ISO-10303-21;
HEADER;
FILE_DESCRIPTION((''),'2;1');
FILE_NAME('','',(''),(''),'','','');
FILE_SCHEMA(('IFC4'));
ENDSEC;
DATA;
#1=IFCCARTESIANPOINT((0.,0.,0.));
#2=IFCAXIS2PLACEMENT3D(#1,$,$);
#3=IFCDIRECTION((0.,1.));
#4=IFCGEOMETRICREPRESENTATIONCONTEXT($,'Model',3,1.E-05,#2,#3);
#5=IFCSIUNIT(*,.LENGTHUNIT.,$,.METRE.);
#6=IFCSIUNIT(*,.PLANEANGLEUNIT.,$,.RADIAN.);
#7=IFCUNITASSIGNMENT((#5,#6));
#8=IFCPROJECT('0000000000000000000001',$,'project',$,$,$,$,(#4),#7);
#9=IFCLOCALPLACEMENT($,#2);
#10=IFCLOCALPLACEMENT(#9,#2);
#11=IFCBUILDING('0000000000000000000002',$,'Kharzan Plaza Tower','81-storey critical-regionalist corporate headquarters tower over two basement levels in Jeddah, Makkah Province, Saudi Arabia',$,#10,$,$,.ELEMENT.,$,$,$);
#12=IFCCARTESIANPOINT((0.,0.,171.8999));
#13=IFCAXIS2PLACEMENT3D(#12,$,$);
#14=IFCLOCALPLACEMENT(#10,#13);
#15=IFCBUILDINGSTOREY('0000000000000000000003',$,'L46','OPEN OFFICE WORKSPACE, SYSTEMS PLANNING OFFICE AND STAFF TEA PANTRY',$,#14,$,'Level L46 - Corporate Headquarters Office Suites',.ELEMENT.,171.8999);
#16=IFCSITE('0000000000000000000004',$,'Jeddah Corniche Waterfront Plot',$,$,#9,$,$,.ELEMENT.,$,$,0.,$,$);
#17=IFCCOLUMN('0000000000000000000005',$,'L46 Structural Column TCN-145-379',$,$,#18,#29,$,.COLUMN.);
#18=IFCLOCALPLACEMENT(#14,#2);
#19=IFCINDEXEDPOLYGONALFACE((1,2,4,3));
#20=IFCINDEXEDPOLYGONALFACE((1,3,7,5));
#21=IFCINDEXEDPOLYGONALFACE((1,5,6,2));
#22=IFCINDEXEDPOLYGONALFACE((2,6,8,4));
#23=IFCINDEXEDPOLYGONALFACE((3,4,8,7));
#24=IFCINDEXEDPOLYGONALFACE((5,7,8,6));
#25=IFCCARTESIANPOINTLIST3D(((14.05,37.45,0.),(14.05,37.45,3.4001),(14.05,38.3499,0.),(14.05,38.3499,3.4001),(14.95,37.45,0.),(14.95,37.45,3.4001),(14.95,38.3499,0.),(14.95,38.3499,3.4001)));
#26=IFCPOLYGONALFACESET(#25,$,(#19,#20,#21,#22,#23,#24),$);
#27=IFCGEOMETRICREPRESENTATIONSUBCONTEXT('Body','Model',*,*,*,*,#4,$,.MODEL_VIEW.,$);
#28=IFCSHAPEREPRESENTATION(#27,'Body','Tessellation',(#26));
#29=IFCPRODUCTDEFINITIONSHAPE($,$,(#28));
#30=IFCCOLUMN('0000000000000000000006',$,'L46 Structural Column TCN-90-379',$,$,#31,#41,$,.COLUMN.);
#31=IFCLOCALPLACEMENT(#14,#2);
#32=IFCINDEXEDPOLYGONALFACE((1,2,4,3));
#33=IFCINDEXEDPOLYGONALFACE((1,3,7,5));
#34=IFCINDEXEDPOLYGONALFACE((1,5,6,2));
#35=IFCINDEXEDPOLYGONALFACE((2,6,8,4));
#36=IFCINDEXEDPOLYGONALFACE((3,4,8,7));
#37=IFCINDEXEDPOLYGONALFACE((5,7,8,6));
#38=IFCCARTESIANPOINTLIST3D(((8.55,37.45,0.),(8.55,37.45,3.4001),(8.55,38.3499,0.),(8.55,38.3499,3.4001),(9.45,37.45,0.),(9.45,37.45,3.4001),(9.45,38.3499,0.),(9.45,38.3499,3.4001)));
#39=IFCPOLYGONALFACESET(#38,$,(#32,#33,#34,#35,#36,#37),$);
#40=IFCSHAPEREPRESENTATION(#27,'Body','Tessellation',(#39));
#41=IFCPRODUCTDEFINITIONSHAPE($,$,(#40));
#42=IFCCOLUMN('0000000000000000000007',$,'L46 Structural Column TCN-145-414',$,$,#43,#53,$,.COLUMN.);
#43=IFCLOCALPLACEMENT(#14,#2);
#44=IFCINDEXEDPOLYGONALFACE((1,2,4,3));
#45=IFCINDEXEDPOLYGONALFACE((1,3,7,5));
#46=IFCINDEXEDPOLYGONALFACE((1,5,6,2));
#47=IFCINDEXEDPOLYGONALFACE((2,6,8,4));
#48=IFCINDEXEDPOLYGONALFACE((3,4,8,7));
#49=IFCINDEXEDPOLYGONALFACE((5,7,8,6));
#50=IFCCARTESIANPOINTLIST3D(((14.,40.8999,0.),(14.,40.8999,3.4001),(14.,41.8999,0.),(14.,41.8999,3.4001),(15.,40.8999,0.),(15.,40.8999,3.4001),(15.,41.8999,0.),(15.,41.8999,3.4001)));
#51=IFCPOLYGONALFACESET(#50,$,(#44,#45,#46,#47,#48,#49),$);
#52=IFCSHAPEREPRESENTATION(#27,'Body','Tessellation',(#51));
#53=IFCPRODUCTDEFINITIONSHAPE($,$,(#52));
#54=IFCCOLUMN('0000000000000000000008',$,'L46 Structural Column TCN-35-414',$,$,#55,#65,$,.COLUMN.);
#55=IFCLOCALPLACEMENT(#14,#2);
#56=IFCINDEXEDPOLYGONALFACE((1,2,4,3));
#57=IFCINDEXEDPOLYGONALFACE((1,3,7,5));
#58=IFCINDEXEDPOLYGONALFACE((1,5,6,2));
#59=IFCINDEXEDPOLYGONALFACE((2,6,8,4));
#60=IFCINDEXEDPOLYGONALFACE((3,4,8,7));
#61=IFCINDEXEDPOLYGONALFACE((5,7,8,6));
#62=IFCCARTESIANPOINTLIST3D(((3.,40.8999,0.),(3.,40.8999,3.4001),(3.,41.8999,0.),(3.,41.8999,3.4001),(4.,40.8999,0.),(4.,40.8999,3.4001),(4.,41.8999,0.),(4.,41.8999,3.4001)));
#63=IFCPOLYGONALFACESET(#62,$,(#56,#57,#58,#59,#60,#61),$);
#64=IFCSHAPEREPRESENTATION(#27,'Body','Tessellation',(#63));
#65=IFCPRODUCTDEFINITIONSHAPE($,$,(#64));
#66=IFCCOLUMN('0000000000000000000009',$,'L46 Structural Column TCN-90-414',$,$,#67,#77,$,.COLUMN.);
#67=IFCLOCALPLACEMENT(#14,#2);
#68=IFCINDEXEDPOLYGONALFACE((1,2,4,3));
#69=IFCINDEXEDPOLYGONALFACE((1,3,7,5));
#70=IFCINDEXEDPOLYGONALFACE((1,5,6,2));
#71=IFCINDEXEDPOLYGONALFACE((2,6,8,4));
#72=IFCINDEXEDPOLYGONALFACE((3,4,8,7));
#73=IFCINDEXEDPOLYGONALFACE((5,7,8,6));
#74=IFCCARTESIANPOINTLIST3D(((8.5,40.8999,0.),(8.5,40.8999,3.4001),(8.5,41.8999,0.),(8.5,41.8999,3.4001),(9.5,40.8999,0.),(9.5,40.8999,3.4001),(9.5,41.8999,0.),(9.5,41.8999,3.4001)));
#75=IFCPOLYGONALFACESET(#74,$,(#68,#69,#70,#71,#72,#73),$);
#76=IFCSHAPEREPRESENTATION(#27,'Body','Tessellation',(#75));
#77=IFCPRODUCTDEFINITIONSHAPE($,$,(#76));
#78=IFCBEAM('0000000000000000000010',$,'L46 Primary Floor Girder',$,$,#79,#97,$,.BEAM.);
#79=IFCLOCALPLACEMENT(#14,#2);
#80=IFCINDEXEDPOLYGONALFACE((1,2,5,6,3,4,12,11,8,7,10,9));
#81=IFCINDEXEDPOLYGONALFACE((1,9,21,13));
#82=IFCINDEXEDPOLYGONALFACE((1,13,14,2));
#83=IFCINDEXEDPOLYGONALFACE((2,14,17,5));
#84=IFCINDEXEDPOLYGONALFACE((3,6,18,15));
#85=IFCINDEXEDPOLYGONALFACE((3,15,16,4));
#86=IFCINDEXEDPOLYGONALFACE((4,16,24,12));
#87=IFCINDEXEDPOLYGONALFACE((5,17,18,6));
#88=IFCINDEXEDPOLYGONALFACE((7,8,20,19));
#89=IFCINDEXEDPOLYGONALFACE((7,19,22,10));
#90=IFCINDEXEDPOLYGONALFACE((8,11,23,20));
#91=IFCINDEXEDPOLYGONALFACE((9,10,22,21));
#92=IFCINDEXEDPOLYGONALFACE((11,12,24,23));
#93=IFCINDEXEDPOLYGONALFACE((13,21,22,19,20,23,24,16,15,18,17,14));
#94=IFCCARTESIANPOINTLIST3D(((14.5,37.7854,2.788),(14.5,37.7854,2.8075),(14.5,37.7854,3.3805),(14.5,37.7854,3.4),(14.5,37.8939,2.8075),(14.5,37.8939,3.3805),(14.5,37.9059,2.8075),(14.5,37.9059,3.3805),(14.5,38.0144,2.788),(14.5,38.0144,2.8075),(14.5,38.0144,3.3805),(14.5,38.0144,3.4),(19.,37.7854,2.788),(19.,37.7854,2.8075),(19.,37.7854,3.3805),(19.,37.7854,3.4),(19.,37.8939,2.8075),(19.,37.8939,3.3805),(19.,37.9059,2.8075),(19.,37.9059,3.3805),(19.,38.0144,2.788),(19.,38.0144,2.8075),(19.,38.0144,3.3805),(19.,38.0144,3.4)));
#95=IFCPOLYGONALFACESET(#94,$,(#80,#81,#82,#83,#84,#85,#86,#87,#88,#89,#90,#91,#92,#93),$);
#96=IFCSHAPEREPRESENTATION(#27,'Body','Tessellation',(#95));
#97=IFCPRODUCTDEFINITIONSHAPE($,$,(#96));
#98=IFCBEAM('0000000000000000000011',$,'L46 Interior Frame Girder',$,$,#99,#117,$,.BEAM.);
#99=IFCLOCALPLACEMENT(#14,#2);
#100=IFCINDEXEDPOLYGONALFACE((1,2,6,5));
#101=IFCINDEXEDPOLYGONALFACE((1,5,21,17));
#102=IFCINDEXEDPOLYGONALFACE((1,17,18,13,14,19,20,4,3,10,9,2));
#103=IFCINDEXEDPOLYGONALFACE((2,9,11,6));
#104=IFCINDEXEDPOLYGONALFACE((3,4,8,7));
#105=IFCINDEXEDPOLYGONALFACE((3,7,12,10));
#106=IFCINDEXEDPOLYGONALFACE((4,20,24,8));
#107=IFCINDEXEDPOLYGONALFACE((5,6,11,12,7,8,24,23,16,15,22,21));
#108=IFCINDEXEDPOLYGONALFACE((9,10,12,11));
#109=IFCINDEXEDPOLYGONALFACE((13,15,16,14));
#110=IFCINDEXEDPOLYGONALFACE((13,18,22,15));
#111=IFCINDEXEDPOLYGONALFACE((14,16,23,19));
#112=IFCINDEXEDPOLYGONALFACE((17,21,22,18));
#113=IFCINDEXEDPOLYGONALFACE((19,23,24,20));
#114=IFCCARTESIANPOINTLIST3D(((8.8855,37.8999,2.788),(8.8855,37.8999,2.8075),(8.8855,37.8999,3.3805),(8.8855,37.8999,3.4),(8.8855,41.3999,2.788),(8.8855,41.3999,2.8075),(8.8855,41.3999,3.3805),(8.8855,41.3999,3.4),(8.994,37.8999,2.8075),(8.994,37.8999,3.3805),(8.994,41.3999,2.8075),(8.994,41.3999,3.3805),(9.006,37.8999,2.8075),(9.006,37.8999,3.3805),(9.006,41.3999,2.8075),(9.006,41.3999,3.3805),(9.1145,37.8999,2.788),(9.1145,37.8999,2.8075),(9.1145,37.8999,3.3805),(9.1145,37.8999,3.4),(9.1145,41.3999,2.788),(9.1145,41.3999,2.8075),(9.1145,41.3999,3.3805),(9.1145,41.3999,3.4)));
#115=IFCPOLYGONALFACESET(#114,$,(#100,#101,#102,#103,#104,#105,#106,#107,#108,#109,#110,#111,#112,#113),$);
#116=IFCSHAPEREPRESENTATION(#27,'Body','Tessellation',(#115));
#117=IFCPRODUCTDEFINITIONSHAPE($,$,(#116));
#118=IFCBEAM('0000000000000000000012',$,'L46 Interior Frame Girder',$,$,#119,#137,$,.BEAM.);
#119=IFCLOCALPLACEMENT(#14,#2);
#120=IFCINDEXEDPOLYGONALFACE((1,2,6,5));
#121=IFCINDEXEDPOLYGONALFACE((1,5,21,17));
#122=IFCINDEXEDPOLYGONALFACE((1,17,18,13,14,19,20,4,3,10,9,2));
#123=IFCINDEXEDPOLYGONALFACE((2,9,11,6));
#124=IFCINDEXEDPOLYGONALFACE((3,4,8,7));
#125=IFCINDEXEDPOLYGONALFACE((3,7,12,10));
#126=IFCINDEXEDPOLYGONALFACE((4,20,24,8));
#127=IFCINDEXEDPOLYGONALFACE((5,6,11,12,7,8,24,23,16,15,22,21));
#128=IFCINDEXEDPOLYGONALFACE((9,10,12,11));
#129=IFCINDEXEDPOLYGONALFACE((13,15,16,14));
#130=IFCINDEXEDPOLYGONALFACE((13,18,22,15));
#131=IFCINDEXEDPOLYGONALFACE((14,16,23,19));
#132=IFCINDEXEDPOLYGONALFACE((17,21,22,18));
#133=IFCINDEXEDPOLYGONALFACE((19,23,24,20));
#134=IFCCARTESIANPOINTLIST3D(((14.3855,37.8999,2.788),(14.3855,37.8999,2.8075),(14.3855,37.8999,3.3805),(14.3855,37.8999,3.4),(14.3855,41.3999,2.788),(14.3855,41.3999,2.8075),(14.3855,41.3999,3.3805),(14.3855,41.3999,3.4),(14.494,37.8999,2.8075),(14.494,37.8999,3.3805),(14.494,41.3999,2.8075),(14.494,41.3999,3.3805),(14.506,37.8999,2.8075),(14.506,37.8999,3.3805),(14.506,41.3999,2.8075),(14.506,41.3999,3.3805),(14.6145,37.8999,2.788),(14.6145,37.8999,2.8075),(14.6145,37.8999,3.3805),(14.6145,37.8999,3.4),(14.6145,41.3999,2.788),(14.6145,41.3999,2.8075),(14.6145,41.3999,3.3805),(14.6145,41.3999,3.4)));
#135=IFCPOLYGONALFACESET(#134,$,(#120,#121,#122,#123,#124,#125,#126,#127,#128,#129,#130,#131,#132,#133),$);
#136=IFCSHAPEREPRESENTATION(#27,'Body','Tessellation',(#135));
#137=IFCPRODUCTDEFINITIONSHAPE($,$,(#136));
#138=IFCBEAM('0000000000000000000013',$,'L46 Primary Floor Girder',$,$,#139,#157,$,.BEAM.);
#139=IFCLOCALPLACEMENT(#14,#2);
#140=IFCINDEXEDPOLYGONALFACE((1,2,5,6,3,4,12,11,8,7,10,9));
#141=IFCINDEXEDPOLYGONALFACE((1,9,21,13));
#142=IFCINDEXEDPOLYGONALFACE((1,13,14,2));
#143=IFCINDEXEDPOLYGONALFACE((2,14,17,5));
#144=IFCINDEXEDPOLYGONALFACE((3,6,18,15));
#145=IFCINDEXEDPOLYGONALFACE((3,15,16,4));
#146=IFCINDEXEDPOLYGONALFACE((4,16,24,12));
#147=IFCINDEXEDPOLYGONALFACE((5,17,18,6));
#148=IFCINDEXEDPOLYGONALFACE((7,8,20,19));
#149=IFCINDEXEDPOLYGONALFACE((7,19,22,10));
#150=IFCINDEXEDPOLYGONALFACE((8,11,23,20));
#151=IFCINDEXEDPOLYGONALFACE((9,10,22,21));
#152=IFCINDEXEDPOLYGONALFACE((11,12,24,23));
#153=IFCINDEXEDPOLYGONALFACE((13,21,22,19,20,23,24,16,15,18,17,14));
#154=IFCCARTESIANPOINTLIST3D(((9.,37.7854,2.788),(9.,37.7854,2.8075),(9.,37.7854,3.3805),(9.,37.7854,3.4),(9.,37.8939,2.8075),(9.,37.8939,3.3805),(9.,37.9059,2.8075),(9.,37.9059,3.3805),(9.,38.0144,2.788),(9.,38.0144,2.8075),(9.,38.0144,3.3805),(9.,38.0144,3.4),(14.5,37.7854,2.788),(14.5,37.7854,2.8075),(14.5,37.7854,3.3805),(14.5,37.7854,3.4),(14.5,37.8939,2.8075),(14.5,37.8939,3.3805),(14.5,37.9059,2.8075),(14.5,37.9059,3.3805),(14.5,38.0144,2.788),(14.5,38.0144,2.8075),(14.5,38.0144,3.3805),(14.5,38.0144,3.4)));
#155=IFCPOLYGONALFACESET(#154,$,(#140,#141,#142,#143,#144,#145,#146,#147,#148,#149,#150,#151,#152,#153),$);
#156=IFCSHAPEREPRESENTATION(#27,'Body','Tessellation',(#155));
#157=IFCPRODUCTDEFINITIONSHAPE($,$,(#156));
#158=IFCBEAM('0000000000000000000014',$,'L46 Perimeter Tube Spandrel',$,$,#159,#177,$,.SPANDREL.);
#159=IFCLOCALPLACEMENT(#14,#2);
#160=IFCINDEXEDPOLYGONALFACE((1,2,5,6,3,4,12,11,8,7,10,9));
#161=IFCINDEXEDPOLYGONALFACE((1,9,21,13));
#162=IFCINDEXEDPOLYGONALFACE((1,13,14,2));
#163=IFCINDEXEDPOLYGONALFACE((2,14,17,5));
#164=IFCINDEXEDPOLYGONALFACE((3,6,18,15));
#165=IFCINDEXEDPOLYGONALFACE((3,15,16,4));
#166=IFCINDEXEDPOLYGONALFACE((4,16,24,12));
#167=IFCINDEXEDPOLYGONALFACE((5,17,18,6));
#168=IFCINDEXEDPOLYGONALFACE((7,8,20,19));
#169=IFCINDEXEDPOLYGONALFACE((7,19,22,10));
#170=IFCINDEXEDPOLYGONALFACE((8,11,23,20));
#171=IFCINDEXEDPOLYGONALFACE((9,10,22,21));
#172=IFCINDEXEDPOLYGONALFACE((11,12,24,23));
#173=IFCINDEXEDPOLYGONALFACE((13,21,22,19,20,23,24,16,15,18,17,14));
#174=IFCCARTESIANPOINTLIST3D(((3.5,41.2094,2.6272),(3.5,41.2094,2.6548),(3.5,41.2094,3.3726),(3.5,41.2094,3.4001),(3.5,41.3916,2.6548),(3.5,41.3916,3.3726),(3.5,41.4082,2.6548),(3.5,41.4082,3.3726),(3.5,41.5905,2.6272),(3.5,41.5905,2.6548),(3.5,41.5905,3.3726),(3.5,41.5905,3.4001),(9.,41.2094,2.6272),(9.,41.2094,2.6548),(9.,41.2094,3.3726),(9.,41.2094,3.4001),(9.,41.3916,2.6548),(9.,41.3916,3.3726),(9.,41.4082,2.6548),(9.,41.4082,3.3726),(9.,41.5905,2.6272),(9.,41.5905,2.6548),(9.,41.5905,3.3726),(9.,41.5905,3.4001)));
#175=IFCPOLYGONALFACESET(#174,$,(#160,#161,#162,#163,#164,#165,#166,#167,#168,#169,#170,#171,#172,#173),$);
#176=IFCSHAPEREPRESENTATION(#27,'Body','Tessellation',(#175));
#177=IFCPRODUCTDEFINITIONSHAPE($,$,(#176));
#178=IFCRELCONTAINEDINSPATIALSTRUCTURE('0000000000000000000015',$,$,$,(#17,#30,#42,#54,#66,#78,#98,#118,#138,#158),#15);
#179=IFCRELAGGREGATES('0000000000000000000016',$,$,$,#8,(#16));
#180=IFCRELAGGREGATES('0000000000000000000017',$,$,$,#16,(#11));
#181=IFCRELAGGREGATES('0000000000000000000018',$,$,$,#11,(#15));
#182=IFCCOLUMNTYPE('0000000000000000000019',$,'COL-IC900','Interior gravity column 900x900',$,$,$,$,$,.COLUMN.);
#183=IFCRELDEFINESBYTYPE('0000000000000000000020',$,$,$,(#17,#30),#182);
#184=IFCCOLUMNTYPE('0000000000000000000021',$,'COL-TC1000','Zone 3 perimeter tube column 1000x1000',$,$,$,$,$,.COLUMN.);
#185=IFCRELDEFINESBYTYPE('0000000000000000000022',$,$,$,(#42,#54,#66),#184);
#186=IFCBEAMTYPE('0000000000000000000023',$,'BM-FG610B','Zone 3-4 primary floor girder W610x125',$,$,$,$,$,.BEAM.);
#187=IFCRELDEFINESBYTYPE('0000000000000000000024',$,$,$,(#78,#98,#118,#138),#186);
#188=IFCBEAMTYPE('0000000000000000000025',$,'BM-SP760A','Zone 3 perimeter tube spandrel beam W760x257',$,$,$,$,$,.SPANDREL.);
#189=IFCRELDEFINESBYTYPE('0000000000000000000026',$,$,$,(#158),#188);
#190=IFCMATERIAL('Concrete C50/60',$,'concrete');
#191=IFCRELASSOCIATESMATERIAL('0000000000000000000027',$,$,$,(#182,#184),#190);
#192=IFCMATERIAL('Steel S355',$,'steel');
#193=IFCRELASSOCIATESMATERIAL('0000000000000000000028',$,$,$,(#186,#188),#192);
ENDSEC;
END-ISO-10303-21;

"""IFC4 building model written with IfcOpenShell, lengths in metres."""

from ifc_helpers import new_model, si_unit, direction, frame, origin, origin_2d, place, context, subcontext, project, spatial, rectangle, i_section, extrude, source, transform, mapped, material, material_profile, profile_set, type_object, element, save


model = new_model("IFC4")

# Units and contexts
model_context = context("Model", 3, precision=1e-05, world=origin(), true_north=direction((0.0, 1.0)))
body_context = subcontext(model_context, "Body", "Model", "MODEL_VIEW")
ifc_project = project(units=[si_unit("LENGTHUNIT", "METRE"), si_unit("PLANEANGLEUNIT", "RADIAN")], contexts=[model_context])

# Site, building, storey
site_placement = place(None, origin())
site = spatial("IfcSite", under=ifc_project, at=site_placement, Name="Jeddah Corniche Waterfront Plot", CompositionType="ELEMENT", RefElevation=0.0)
building_placement = place(site_placement, origin())
building = spatial("IfcBuilding", under=site, at=building_placement, Name="Kharzan Plaza Tower", Description="81-storey critical-regionalist corporate headquarters tower over two basement levels in Jeddah, Makkah Province, Saudi Arabia", CompositionType="ELEMENT")
storey_placement = place(building_placement, frame((0.0, 0.0, 171.8999)))
storey = spatial("IfcBuildingStorey", under=building, at=storey_placement, Name="L46", Description="OPEN OFFICE WORKSPACE, SYSTEMS PLANNING OFFICE AND STAFF TEA PANTRY", LongName="Level L46 - Corporate Headquarters Office Suites", CompositionType="ELEMENT", Elevation=171.8999)

# Columns
ifc_material_1 = material(Name="Concrete C50/60", Category="concrete")
ifc_material_profile_1 = material_profile(ifc_material_1, rectangle(XDim=0.8999, YDim=0.8999, at=origin_2d()), Name="RC-IC900x900")
ifc_profile_set_1 = profile_set([ifc_material_profile_1], Name="Concrete C50/60")
column_type_1 = type_object("IfcColumnType", Name="COL-IC900", Description="Interior gravity column 900x900", PredefinedType="COLUMN", material=ifc_profile_set_1)
shared_shape_1 = source(origin(), body_context, "Body", "SweptSolid", [
    extrude(rectangle(XDim=0.8999, YDim=0.8999, at=origin_2d()), origin(), (0.0, 0.0, 1.0), 3.4001),
])
for number, where, z_axis, x_axis, name in (
    (1, (14.5, 37.8999, 0.0), (0.0, 0.0, 1.0), (1.0, 0.0, 0.0), "L46 Structural Column TCN-145-379"),
    (2, (9.0, 37.8999, 0.0), (0.0, 0.0, 1.0), (1.0, 0.0, 0.0), "L46 Structural Column TCN-90-379"),
):
    element("IfcColumn", number, at=place(storey_placement, frame(where, z_axis=z_axis, x_axis=x_axis)), inside=storey, type_object=column_type_1, Name=name, PredefinedType="COLUMN", context=body_context, shape_type="MappedRepresentation", body=[
        mapped(shared_shape_1, transform((0.0, 0.0, 0.0), x_axis=(1.0, 0.0, 0.0), y_axis=(0.0, 1.0, 0.0), z_axis=(0.0, 0.0, 1.0))),
    ])
ifc_material_profile_2 = material_profile(ifc_material_1, rectangle(XDim=1.0, YDim=1.0, at=origin_2d()), Name="RC-TC1000x1000")
ifc_profile_set_2 = profile_set([ifc_material_profile_2], Name="Concrete C50/60")
column_type_2 = type_object("IfcColumnType", Name="COL-TC1000", Description="Zone 3 perimeter tube column 1000x1000", PredefinedType="COLUMN", material=ifc_profile_set_2)
shared_shape_2 = source(origin(), body_context, "Body", "SweptSolid", [
    extrude(rectangle(XDim=1.0, YDim=1.0, at=origin_2d()), origin(), (0.0, 0.0, 1.0), 3.4001),
])
for number, where, z_axis, x_axis, name in (
    (3, (14.5, 41.3999, 0.0), (0.0, 0.0, 1.0), (1.0, 0.0, 0.0), "L46 Structural Column TCN-145-414"),
    (4, (3.5, 41.3999, 0.0), (0.0, 0.0, 1.0), (1.0, 0.0, 0.0), "L46 Structural Column TCN-35-414"),
    (5, (9.0, 41.3999, 0.0), (0.0, 0.0, 1.0), (1.0, 0.0, 0.0), "L46 Structural Column TCN-90-414"),
):
    element("IfcColumn", number, at=place(storey_placement, frame(where, z_axis=z_axis, x_axis=x_axis)), inside=storey, type_object=column_type_2, Name=name, PredefinedType="COLUMN", context=body_context, shape_type="MappedRepresentation", body=[
        mapped(shared_shape_2, transform((0.0, 0.0, 0.0), x_axis=(1.0, 0.0, 0.0), y_axis=(0.0, 1.0, 0.0), z_axis=(0.0, 0.0, 1.0))),
    ])

# Beams
ifc_material_2 = material(Name="Steel S355", Category="steel")
ifc_material_profile_3 = material_profile(ifc_material_2, i_section(OverallWidth=0.229, OverallDepth=0.6121, WebThickness=0.012, FlangeThickness=0.0195, at=origin_2d()), Name="W610x125")
ifc_profile_set_3 = profile_set([ifc_material_profile_3], Name="Steel S355")
beam_type_1 = type_object("IfcBeamType", Name="BM-FG610B", Description="Zone 3-4 primary floor girder W610x125", PredefinedType="BEAM", material=ifc_profile_set_3)
shared_shape_3 = source(origin(), body_context, "Body", "SweptSolid", [
    extrude(i_section(OverallWidth=0.229, OverallDepth=0.6121, WebThickness=0.012, FlangeThickness=0.0195, at=origin_2d()), origin(), (0.0, 0.0, 1.0), 4.5),
])
beam_1_placement = place(storey_placement, frame((14.5, 37.8999, 3.094), z_axis=(1.0, 0.0, 0.0), x_axis=(0.0, 1.0, 0.0)))
element("IfcBeam", 6, at=beam_1_placement, inside=storey, type_object=beam_type_1, Name="L46 Primary Floor Girder", PredefinedType="BEAM", context=body_context, shape_type="MappedRepresentation", body=[
    mapped(shared_shape_3, transform((0.0, 0.0, 0.0), x_axis=(1.0, 0.0, 0.0), y_axis=(0.0, 1.0, 0.0), z_axis=(0.0, 0.0, 1.0))),
])
shared_shape_4 = source(origin(), body_context, "Body", "SweptSolid", [
    extrude(i_section(OverallWidth=0.229, OverallDepth=0.6121, WebThickness=0.012, FlangeThickness=0.0195, at=origin_2d()), origin(), (0.0, 0.0, 1.0), 3.5),
])
for number, where, z_axis, x_axis, name in (
    (7, (9.0, 37.8999, 3.094), (0.0, 1.0, 0.0), (-1.0, 0.0, 0.0), "L46 Interior Frame Girder"),
    (8, (14.5, 37.8999, 3.094), (0.0, 1.0, 0.0), (-1.0, 0.0, 0.0), "L46 Interior Frame Girder"),
):
    element("IfcBeam", number, at=place(storey_placement, frame(where, z_axis=z_axis, x_axis=x_axis)), inside=storey, type_object=beam_type_1, Name=name, PredefinedType="BEAM", context=body_context, shape_type="MappedRepresentation", body=[
        mapped(shared_shape_4, transform((0.0, 0.0, 0.0), x_axis=(1.0, 0.0, 0.0), y_axis=(0.0, 1.0, 0.0), z_axis=(0.0, 0.0, 1.0))),
    ])
shared_shape_5 = source(origin(), body_context, "Body", "SweptSolid", [
    extrude(i_section(OverallWidth=0.229, OverallDepth=0.6121, WebThickness=0.012, FlangeThickness=0.0195, at=origin_2d()), origin(), (0.0, 0.0, 1.0), 5.5),
])
beam_2_placement = place(storey_placement, frame((9.0, 37.8999, 3.094), z_axis=(1.0, 0.0, 0.0), x_axis=(0.0, 1.0, 0.0)))
element("IfcBeam", 9, at=beam_2_placement, inside=storey, type_object=beam_type_1, Name="L46 Primary Floor Girder", PredefinedType="BEAM", context=body_context, shape_type="MappedRepresentation", body=[
    mapped(shared_shape_5, transform((0.0, 0.0, 0.0), x_axis=(1.0, 0.0, 0.0), y_axis=(0.0, 1.0, 0.0), z_axis=(0.0, 0.0, 1.0))),
])
ifc_material_profile_4 = material_profile(ifc_material_2, i_section(OverallWidth=0.3811, OverallDepth=0.7729, WebThickness=0.0166, FlangeThickness=0.0276, at=origin_2d()), Name="W760x257")
ifc_profile_set_4 = profile_set([ifc_material_profile_4], Name="Steel S355")
beam_type_2 = type_object("IfcBeamType", Name="BM-SP760A", Description="Zone 3 perimeter tube spandrel beam W760x257", PredefinedType="SPANDREL", material=ifc_profile_set_4)
shared_shape_6 = source(origin(), body_context, "Body", "SweptSolid", [
    extrude(i_section(OverallWidth=0.3811, OverallDepth=0.7729, WebThickness=0.0166, FlangeThickness=0.0276, at=origin_2d()), origin(), (0.0, 0.0, 1.0), 5.5),
])
for number, where, z_axis, x_axis, name in (
    (10, (3.5, 41.3999, 3.0137), (1.0, 0.0, 0.0), (0.0, 1.0, 0.0), "L46 Perimeter Tube Spandrel"),
):
    element("IfcBeam", number, at=place(storey_placement, frame(where, z_axis=z_axis, x_axis=x_axis)), inside=storey, type_object=beam_type_2, Name=name, PredefinedType="SPANDREL", context=body_context, shape_type="MappedRepresentation", body=[
        mapped(shared_shape_6, transform((0.0, 0.0, 0.0), x_axis=(1.0, 0.0, 0.0), y_axis=(0.0, 1.0, 0.0), z_axis=(0.0, 0.0, 1.0))),
    ])

save(model, "model.ifc")
